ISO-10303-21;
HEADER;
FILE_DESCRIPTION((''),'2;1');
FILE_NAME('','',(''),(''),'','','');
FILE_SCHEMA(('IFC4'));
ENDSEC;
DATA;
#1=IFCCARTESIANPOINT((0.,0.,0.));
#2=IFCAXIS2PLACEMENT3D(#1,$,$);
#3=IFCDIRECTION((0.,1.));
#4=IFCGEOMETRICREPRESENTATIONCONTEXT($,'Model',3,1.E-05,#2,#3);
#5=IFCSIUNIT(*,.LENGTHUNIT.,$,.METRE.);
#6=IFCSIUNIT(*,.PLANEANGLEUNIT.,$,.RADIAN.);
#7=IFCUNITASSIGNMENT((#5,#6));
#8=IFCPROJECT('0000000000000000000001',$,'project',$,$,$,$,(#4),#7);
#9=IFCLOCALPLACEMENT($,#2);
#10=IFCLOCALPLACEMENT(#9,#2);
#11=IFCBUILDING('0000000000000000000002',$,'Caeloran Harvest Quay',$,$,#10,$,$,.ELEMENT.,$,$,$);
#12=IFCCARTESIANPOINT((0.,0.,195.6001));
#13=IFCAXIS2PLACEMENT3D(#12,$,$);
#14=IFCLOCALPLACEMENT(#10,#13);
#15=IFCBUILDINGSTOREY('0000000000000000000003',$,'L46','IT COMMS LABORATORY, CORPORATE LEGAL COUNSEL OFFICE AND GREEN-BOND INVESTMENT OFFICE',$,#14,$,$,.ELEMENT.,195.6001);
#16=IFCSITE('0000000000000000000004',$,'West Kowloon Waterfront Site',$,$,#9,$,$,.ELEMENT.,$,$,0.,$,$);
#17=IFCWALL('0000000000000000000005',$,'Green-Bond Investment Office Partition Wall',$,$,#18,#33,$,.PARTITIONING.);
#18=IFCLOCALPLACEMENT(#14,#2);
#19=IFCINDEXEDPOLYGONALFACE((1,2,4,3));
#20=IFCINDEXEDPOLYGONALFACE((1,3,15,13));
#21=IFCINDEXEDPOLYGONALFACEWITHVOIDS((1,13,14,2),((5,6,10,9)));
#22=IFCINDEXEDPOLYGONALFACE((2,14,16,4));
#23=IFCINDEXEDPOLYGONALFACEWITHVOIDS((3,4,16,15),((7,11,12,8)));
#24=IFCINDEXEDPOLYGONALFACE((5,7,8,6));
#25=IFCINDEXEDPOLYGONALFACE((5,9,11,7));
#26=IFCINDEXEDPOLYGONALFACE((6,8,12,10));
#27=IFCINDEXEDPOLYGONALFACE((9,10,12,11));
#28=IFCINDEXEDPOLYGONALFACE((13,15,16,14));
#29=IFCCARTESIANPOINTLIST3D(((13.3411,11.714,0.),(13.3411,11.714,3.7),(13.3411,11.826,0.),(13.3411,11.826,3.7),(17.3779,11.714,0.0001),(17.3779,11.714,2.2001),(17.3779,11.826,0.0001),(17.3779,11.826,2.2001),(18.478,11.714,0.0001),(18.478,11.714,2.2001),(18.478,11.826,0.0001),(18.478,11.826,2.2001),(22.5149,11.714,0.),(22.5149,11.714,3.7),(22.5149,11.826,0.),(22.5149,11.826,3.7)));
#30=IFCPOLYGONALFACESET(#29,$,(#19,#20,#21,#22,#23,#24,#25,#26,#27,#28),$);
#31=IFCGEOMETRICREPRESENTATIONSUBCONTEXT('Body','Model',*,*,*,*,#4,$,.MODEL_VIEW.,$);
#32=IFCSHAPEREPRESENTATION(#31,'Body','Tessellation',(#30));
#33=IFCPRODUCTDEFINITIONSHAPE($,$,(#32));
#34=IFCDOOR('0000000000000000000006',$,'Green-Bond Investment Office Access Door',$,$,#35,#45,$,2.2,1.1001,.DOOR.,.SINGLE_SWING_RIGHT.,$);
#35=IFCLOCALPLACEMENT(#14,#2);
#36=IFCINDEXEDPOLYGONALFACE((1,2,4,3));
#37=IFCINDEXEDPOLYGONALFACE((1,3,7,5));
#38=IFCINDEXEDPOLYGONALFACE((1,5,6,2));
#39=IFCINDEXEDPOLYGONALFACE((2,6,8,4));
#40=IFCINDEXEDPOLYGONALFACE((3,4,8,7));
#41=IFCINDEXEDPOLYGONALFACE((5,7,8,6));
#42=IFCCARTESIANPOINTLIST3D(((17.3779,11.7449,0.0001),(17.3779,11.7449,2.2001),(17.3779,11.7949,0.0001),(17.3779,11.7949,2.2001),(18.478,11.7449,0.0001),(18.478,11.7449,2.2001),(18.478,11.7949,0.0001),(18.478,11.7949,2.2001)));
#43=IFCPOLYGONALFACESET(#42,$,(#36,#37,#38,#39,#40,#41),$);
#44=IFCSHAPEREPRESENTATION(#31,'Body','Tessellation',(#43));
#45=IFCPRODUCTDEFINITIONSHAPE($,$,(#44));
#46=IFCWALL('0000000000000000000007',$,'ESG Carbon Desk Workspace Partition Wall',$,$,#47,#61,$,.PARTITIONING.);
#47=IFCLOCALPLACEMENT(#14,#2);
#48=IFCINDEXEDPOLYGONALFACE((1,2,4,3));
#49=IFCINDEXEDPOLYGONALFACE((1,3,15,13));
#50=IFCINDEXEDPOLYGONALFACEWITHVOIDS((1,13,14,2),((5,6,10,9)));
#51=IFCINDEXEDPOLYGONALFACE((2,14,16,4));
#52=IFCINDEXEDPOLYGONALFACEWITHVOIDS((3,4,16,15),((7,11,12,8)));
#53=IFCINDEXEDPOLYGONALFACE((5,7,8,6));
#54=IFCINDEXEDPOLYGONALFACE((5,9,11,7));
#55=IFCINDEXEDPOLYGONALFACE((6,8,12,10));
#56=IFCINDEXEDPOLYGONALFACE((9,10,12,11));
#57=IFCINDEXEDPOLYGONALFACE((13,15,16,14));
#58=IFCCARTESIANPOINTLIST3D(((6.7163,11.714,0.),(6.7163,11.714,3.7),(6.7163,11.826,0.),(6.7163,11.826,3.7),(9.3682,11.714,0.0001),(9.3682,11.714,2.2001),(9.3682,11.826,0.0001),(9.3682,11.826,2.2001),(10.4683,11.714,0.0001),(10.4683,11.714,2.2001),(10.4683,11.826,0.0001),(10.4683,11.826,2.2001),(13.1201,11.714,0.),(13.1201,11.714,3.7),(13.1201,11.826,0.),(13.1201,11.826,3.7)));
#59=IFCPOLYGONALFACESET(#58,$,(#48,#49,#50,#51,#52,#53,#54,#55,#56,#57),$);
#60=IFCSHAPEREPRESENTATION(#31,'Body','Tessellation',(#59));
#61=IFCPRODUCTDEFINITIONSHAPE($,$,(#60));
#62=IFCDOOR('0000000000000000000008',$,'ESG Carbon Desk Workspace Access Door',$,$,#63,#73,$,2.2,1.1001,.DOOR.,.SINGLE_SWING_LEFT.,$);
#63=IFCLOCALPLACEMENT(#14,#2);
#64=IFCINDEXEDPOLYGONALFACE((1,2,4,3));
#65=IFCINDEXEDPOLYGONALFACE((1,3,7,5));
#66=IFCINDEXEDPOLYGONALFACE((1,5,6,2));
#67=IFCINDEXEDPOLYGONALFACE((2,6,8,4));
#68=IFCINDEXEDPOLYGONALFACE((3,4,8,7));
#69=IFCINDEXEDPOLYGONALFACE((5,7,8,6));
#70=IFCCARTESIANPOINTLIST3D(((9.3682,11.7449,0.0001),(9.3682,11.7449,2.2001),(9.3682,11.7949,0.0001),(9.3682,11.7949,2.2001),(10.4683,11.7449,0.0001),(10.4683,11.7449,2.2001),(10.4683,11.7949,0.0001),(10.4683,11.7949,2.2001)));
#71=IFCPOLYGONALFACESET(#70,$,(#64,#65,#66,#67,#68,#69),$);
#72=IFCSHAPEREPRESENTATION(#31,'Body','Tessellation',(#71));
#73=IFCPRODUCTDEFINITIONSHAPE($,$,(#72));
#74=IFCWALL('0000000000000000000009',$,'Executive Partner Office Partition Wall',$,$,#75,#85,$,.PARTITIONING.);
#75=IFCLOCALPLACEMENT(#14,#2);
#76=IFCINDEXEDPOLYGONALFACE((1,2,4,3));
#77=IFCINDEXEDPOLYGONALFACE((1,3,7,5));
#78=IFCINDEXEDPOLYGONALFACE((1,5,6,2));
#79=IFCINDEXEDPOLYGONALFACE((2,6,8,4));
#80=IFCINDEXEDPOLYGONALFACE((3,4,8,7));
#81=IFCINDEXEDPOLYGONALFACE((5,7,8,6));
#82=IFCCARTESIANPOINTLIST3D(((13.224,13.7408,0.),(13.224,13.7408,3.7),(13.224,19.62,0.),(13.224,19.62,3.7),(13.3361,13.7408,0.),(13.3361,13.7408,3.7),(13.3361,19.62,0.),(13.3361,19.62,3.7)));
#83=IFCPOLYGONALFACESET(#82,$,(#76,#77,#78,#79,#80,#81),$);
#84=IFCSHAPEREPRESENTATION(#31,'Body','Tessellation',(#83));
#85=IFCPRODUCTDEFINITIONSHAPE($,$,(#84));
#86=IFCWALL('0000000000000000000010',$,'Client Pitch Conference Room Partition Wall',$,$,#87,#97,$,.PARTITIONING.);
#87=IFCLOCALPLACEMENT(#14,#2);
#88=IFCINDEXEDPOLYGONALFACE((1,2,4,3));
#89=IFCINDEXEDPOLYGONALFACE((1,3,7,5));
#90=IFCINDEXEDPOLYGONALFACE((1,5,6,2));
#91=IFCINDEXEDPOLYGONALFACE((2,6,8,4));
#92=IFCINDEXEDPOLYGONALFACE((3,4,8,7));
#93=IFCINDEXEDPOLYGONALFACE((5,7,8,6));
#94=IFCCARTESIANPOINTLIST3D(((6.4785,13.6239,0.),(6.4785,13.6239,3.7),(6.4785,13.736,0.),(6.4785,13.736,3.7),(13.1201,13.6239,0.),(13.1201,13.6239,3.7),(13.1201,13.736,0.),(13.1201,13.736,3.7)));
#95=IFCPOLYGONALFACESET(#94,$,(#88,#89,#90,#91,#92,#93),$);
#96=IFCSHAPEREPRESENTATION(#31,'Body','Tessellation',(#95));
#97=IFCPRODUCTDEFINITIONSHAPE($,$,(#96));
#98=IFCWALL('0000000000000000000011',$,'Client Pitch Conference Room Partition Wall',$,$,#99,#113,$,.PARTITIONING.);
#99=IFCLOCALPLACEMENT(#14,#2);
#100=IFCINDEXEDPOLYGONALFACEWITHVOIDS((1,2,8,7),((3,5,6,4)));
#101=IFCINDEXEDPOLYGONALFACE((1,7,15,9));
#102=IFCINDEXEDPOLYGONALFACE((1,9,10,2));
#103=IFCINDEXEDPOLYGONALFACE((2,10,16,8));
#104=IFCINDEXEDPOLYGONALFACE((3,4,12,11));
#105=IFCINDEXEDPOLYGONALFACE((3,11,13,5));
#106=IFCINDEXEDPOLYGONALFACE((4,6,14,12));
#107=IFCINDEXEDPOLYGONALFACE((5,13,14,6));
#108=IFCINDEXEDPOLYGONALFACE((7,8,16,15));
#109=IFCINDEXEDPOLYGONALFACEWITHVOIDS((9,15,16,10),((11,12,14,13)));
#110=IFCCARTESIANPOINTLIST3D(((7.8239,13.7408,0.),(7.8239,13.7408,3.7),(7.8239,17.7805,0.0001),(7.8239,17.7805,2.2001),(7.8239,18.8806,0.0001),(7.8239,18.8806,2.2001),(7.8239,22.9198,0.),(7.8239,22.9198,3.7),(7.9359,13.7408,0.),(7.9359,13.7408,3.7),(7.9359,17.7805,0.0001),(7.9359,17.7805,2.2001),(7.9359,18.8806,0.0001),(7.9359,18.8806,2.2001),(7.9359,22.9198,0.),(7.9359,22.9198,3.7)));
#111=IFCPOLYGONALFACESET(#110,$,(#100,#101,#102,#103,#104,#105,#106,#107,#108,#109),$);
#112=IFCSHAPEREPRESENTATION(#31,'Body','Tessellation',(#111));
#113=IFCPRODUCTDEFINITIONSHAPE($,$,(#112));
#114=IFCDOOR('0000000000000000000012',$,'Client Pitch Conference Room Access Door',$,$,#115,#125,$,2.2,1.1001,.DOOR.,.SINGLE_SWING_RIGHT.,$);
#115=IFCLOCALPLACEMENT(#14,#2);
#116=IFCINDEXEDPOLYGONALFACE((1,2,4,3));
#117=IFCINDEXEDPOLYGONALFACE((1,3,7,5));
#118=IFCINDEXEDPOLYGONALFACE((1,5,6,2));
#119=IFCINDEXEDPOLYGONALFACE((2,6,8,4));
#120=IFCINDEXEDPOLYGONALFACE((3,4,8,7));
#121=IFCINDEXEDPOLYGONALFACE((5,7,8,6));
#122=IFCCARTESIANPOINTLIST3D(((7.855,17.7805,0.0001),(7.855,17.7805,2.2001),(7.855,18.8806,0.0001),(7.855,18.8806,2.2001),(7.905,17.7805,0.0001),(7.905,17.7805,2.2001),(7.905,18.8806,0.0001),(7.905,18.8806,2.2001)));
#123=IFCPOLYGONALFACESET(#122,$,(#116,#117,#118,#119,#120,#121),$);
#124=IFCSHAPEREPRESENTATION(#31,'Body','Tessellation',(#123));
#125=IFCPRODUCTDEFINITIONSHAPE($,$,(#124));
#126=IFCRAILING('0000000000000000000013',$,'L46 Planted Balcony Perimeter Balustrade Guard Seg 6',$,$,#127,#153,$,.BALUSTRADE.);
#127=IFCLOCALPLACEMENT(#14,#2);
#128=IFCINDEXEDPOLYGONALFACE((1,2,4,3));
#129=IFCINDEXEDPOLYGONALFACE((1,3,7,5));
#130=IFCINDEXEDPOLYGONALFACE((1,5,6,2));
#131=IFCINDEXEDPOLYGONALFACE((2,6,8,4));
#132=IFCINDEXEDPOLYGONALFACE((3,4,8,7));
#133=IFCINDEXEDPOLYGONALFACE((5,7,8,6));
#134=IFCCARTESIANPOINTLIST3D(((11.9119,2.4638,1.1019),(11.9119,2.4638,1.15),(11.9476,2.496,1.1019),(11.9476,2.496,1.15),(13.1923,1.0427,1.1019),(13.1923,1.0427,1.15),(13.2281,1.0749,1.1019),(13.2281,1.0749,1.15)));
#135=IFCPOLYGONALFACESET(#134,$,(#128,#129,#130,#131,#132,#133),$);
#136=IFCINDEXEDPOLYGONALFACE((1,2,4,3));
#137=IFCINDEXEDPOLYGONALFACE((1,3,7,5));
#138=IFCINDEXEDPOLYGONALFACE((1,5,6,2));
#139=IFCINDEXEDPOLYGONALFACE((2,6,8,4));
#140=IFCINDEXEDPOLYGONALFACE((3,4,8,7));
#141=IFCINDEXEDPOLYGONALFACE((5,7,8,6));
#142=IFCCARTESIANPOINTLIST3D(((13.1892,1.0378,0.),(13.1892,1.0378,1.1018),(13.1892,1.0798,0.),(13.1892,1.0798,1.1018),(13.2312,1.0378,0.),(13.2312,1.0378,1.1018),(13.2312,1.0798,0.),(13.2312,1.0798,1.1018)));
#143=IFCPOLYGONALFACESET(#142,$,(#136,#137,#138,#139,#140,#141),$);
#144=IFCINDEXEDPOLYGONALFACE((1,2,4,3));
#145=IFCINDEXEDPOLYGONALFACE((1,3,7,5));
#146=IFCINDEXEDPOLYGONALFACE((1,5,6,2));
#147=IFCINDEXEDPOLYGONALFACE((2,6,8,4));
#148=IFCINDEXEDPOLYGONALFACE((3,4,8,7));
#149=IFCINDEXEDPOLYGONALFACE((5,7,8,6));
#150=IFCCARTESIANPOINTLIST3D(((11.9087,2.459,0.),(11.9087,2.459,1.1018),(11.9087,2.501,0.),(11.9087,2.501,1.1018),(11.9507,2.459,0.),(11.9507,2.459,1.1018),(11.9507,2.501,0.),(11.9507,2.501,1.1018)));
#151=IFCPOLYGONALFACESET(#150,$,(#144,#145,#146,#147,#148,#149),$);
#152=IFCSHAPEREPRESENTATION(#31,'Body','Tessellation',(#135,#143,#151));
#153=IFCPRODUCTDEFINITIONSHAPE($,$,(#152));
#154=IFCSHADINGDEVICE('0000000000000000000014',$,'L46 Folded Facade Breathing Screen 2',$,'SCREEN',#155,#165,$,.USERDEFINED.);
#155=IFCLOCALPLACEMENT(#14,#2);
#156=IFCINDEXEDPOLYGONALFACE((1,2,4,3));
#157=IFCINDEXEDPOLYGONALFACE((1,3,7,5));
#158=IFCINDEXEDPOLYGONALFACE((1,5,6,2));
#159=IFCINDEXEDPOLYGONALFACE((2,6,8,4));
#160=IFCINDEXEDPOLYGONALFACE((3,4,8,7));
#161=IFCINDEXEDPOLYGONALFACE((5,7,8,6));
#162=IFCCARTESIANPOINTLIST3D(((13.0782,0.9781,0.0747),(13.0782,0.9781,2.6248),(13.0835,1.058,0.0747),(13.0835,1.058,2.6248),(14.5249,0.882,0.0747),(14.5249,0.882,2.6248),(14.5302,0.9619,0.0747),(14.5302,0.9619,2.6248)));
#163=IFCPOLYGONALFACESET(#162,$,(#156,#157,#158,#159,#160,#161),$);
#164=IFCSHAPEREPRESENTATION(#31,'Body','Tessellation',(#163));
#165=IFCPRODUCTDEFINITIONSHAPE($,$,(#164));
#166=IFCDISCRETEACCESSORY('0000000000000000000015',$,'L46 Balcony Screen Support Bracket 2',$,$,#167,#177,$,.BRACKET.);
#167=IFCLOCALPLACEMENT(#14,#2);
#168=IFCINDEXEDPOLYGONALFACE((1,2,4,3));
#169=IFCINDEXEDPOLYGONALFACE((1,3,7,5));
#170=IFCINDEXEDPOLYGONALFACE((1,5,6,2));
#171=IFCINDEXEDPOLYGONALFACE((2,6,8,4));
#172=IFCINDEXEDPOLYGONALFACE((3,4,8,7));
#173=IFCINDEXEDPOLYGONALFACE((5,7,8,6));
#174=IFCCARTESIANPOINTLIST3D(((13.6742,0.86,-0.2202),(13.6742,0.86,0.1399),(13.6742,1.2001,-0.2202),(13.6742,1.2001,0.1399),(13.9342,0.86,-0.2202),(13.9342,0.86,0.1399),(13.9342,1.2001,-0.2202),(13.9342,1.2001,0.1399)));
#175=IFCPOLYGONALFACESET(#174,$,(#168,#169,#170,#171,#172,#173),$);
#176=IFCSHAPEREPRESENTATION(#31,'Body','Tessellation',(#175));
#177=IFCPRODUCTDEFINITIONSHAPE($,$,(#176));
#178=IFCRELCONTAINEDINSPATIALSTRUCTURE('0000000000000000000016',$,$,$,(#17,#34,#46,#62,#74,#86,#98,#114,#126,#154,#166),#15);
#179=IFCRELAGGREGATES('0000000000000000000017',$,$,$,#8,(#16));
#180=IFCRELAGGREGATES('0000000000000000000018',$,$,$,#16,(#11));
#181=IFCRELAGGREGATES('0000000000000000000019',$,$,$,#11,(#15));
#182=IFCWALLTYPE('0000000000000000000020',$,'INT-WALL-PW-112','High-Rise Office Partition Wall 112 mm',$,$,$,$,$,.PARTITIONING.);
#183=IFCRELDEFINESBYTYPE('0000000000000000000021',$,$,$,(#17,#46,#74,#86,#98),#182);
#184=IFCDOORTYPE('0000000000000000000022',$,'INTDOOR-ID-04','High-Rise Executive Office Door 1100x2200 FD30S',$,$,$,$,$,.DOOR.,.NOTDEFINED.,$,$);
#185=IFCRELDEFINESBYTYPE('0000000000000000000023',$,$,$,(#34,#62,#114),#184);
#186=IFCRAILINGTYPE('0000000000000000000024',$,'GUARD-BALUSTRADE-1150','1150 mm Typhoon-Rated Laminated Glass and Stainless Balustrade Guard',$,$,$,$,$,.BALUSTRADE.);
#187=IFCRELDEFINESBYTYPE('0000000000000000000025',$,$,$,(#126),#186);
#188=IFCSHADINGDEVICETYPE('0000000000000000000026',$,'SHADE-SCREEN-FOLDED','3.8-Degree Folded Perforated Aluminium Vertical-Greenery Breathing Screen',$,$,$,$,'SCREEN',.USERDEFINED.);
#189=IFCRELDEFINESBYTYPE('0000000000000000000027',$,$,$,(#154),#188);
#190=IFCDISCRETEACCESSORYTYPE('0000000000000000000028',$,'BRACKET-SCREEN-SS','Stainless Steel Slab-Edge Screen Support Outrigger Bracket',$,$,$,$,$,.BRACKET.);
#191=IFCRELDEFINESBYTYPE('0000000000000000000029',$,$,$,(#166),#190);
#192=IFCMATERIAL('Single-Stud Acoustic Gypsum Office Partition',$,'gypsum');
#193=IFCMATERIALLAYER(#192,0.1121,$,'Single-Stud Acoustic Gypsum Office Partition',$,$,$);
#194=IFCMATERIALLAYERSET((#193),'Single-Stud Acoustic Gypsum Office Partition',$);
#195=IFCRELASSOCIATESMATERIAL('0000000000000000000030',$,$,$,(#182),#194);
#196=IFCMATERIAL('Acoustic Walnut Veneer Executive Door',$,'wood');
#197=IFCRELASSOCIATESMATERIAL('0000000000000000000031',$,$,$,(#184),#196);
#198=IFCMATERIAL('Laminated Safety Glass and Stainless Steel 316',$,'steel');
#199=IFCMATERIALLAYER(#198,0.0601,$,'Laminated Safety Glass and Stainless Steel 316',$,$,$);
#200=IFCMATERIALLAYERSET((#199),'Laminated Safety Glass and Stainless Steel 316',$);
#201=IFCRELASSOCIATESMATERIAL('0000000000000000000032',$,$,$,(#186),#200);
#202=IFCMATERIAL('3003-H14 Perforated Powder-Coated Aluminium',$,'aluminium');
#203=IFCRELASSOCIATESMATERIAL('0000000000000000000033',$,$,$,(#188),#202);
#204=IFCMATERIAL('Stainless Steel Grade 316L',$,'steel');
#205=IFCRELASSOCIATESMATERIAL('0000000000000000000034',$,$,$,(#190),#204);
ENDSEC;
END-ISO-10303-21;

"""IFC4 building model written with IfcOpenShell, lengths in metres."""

from ifc_helpers import new_model, si_unit, direction, frame, frame_2d, origin, origin_2d, place, context, subcontext, project, spatial, rectangle, extrude, material, layer, layer_set, type_object, element, fill, save


model = new_model("IFC4")

# Units and contexts
model_context = context("Model", 3, precision=1e-05, world=origin(), true_north=direction((0.0, 1.0)))
body_context = subcontext(model_context, "Body", "Model", "MODEL_VIEW")
ifc_project = project(units=[si_unit("LENGTHUNIT", "METRE"), si_unit("PLANEANGLEUNIT", "RADIAN")], contexts=[model_context])

# Site, building, storey
site_placement = place(None, origin())
site = spatial("IfcSite", under=ifc_project, at=site_placement, Name="West Kowloon Waterfront Site", CompositionType="ELEMENT", RefElevation=0.0)
building_placement = place(site_placement, origin())
building = spatial("IfcBuilding", under=site, at=building_placement, Name="Caeloran Harvest Quay", CompositionType="ELEMENT")
storey_placement = place(building_placement, frame((0.0, 0.0, 195.6001)))
storey = spatial("IfcBuildingStorey", under=building, at=storey_placement, Name="L46", Description="IT COMMS LABORATORY, CORPORATE LEGAL COUNSEL OFFICE AND GREEN-BOND INVESTMENT OFFICE", CompositionType="ELEMENT", Elevation=195.6001)

# Shared definitions
ifc_material_1 = material(Name="Single-Stud Acoustic Gypsum Office Partition", Category="gypsum")
ifc_layer_1 = layer(ifc_material_1, 0.1121, Name="Single-Stud Acoustic Gypsum Office Partition")
ifc_layer_set_1 = layer_set([ifc_layer_1], Name="Single-Stud Acoustic Gypsum Office Partition")
wall_type_1 = type_object("IfcWallType", Name="INT-WALL-PW-112", Description="High-Rise Office Partition Wall 112 mm", PredefinedType="PARTITIONING", material=ifc_layer_set_1)

# Walls, openings, doors
wall_1_placement = place(storey_placement, frame((13.3411, 11.77, 0.0), z_axis=(0.0, 0.0, 1.0), x_axis=(1.0, 0.0, 0.0)))
wall_1 = element("IfcWall", 1, at=wall_1_placement, inside=storey, type_object=wall_type_1, Name="Green-Bond Investment Office Partition Wall", PredefinedType="PARTITIONING", context=body_context, shape_type="SweptSolid", body=[
    extrude(rectangle(XDim=9.1738, YDim=0.1121, at=frame_2d((4.5869, 0.0))), origin(), (0.0, 0.0, 1.0), 3.7),
])
opening_1_placement = place(wall_1_placement, frame((4.0369, 0.0, 0.0)))
opening_1 = element("IfcOpeningElement", 2, at=opening_1_placement, cuts=wall_1, PredefinedType="OPENING", context=body_context, shape_type="SweptSolid", body=[
    extrude(rectangle(XDim=1.1001, YDim=2.2, at=frame_2d((0.55, 1.1001))), frame((0.0, 0.0659, 0.0), z_axis=(0.0, -1.0, 0.0), x_axis=(1.0, 0.0, 0.0)), (0.0, 0.0, 1.0), 0.1321),
])
ifc_material_2 = material(Name="Acoustic Walnut Veneer Executive Door", Category="wood")
door_type = type_object("IfcDoorType", Name="INTDOOR-ID-04", Description="High-Rise Executive Office Door 1100x2200 FD30S", OperationType="NOTDEFINED", PredefinedType="DOOR", material=ifc_material_2)
door_1_placement = place(opening_1_placement, origin())
door_1 = element("IfcDoor", 3, at=door_1_placement, inside=storey, type_object=door_type, Name="Green-Bond Investment Office Access Door", OperationType="SINGLE_SWING_RIGHT", OverallHeight=2.2, OverallWidth=1.1001, PredefinedType="DOOR", context=body_context, shape_type="SweptSolid", body=[
    extrude(rectangle(XDim=1.1001, YDim=2.2, at=frame_2d((0.55, 1.1001))), frame((0.0, 0.0249, 0.0), z_axis=(0.0, -1.0, 0.0), x_axis=(1.0, 0.0, 0.0)), (0.0, 0.0, 1.0), 0.05),
])
fill(opening_1, door_1)
wall_2_placement = place(storey_placement, frame((6.7163, 11.77, 0.0), z_axis=(0.0, 0.0, 1.0), x_axis=(1.0, 0.0, 0.0)))
wall_2 = element("IfcWall", 4, at=wall_2_placement, inside=storey, type_object=wall_type_1, Name="ESG Carbon Desk Workspace Partition Wall", PredefinedType="PARTITIONING", context=body_context, shape_type="SweptSolid", body=[
    extrude(rectangle(XDim=6.4038, YDim=0.1121, at=frame_2d((3.2019, 0.0))), origin(), (0.0, 0.0, 1.0), 3.7),
])
opening_2_placement = place(wall_2_placement, frame((2.6519, 0.0, 0.0)))
opening_2 = element("IfcOpeningElement", 5, at=opening_2_placement, cuts=wall_2, PredefinedType="OPENING", context=body_context, shape_type="SweptSolid", body=[
    extrude(rectangle(XDim=1.1001, YDim=2.2, at=frame_2d((0.55, 1.1001))), frame((0.0, 0.0659, 0.0), z_axis=(0.0, -1.0, 0.0), x_axis=(1.0, 0.0, 0.0)), (0.0, 0.0, 1.0), 0.1321),
])
door_2_placement = place(opening_2_placement, origin())
door_2 = element("IfcDoor", 6, at=door_2_placement, inside=storey, type_object=door_type, Name="ESG Carbon Desk Workspace Access Door", OperationType="SINGLE_SWING_LEFT", OverallHeight=2.2, OverallWidth=1.1001, PredefinedType="DOOR", context=body_context, shape_type="SweptSolid", body=[
    extrude(rectangle(XDim=1.1001, YDim=2.2, at=frame_2d((0.55, 1.1001))), frame((0.0, 0.0249, 0.0), z_axis=(0.0, -1.0, 0.0), x_axis=(1.0, 0.0, 0.0)), (0.0, 0.0, 1.0), 0.05),
])
fill(opening_2, door_2)

# Walls
wall_3_placement = place(storey_placement, frame((13.28, 13.741, 0.0), z_axis=(0.0, 0.0, 1.0), x_axis=(0.0, 1.0, 0.0)))
element("IfcWall", 7, at=wall_3_placement, inside=storey, type_object=wall_type_1, Name="Executive Partner Office Partition Wall", PredefinedType="PARTITIONING", context=body_context, shape_type="SweptSolid", body=[
    extrude(rectangle(XDim=5.8792, YDim=0.1121, at=frame_2d((2.9395, 0.0))), origin(), (0.0, 0.0, 1.0), 3.7),
])
wall_4_placement = place(storey_placement, frame((13.1201, 13.6799, 0.0), z_axis=(0.0, 0.0, 1.0), x_axis=(-1.0, 0.0, 0.0)))
element("IfcWall", 8, at=wall_4_placement, inside=storey, type_object=wall_type_1, Name="Client Pitch Conference Room Partition Wall", PredefinedType="PARTITIONING", context=body_context, shape_type="SweptSolid", body=[
    extrude(rectangle(XDim=6.6416, YDim=0.1121, at=frame_2d((3.3208, 0.0))), origin(), (0.0, 0.0, 1.0), 3.7),
])

# Wall, opening, door
wall_5_placement = place(storey_placement, frame((7.8799, 13.741, 0.0), z_axis=(0.0, 0.0, 1.0), x_axis=(0.0, 1.0, 0.0)))
wall_5 = element("IfcWall", 9, at=wall_5_placement, inside=storey, type_object=wall_type_1, Name="Client Pitch Conference Room Partition Wall", PredefinedType="PARTITIONING", context=body_context, shape_type="SweptSolid", body=[
    extrude(rectangle(XDim=9.179, YDim=0.1121, at=frame_2d((4.5894, 0.0))), origin(), (0.0, 0.0, 1.0), 3.7),
])
opening_3_placement = place(wall_5_placement, frame((4.0396, 0.0, 0.0)))
opening_3 = element("IfcOpeningElement", 10, at=opening_3_placement, cuts=wall_5, PredefinedType="OPENING", context=body_context, shape_type="SweptSolid", body=[
    extrude(rectangle(XDim=1.1001, YDim=2.2, at=frame_2d((0.55, 1.1001))), frame((0.0, 0.0659, 0.0), z_axis=(0.0, -1.0, 0.0), x_axis=(1.0, 0.0, 0.0)), (0.0, 0.0, 1.0), 0.1321),
])
door_3_placement = place(opening_3_placement, origin())
door_3 = element("IfcDoor", 11, at=door_3_placement, inside=storey, type_object=door_type, Name="Client Pitch Conference Room Access Door", OperationType="SINGLE_SWING_RIGHT", OverallHeight=2.2, OverallWidth=1.1001, PredefinedType="DOOR", context=body_context, shape_type="SweptSolid", body=[
    extrude(rectangle(XDim=1.1001, YDim=2.2, at=frame_2d((0.55, 1.1001))), frame((0.0, 0.0249, 0.0), z_axis=(0.0, -1.0, 0.0), x_axis=(1.0, 0.0, 0.0)), (0.0, 0.0, 1.0), 0.05),
])
fill(opening_3, door_3)

# Railing
ifc_material_3 = material(Name="Laminated Safety Glass and Stainless Steel 316", Category="steel")
ifc_layer_2 = layer(ifc_material_3, 0.0601, Name="Laminated Safety Glass and Stainless Steel 316")
ifc_layer_set_2 = layer_set([ifc_layer_2], Name="Laminated Safety Glass and Stainless Steel 316")
railing_type = type_object("IfcRailingType", Name="GUARD-BALUSTRADE-1150", Description="1150 mm Typhoon-Rated Laminated Glass and Stainless Balustrade Guard", PredefinedType="BALUSTRADE", material=ifc_layer_set_2)
railing_placement = place(storey_placement, frame((13.2102, 1.0588, 0.0)))
element("IfcRailing", 12, at=railing_placement, inside=storey, type_object=railing_type, Name="L46 Planted Balcony Perimeter Balustrade Guard Seg 6", PredefinedType="BALUSTRADE", context=body_context, shape_type="SweptSolid", body=[
    extrude(rectangle(XDim=0.0481, YDim=0.0481, at=origin_2d()), frame((0.0, 0.0, 1.126), z_axis=(-0.669395, 0.742907, 0.0), x_axis=(-0.742907, -0.669395, 0.0)), (0.0, 0.0, 1.0), 1.9128),
    extrude(rectangle(XDim=0.042, YDim=0.042, at=origin_2d()), origin(), (0.0, 0.0, 1.0), 1.1018),
    extrude(rectangle(XDim=0.042, YDim=0.042, at=origin_2d()), frame((-1.2805, 1.4211, 0.0)), (0.0, 0.0, 1.0), 1.1018),
])

# Shading device
ifc_material_4 = material(Name="3003-H14 Perforated Powder-Coated Aluminium", Category="aluminium")
shading_device_type = type_object("IfcShadingDeviceType", Name="SHADE-SCREEN-FOLDED", Description="3.8-Degree Folded Perforated Aluminium Vertical-Greenery Breathing Screen", ElementType="SCREEN", PredefinedType="USERDEFINED", material=ifc_material_4)
shading_device_placement = place(storey_placement, frame((13.8042, 0.97, 0.0747), z_axis=(0.0, 0.0, 1.0), x_axis=(0.997801, -0.066274, 0.0)))
element("IfcShadingDevice", 13, at=shading_device_placement, inside=storey, type_object=shading_device_type, Name="L46 Folded Facade Breathing Screen 2", ObjectType="SCREEN", PredefinedType="USERDEFINED", context=body_context, shape_type="SweptSolid", body=[
    extrude(rectangle(XDim=1.45, YDim=0.0801, at=origin_2d()), origin(), (0.0, 0.0, 1.0), 2.55),
])

# Discrete accessory
ifc_material_5 = material(Name="Stainless Steel Grade 316L", Category="steel")
discrete_accessory_type = type_object("IfcDiscreteAccessoryType", Name="BRACKET-SCREEN-SS", Description="Stainless Steel Slab-Edge Screen Support Outrigger Bracket", PredefinedType="BRACKET", material=ifc_material_5)
discrete_accessory_placement = place(storey_placement, frame((13.8042, 1.03, -0.2202), z_axis=(0.0, 0.0, 1.0), x_axis=(1.0, 0.0, 0.0)))
element("IfcDiscreteAccessory", 14, at=discrete_accessory_placement, inside=storey, type_object=discrete_accessory_type, Name="L46 Balcony Screen Support Bracket 2", PredefinedType="BRACKET", context=body_context, shape_type="SweptSolid", body=[
    extrude(rectangle(XDim=0.26, YDim=0.3401, at=origin_2d()), origin(), (0.0, 0.0, 1.0), 0.3601),
])

save(model, "model.ifc")
